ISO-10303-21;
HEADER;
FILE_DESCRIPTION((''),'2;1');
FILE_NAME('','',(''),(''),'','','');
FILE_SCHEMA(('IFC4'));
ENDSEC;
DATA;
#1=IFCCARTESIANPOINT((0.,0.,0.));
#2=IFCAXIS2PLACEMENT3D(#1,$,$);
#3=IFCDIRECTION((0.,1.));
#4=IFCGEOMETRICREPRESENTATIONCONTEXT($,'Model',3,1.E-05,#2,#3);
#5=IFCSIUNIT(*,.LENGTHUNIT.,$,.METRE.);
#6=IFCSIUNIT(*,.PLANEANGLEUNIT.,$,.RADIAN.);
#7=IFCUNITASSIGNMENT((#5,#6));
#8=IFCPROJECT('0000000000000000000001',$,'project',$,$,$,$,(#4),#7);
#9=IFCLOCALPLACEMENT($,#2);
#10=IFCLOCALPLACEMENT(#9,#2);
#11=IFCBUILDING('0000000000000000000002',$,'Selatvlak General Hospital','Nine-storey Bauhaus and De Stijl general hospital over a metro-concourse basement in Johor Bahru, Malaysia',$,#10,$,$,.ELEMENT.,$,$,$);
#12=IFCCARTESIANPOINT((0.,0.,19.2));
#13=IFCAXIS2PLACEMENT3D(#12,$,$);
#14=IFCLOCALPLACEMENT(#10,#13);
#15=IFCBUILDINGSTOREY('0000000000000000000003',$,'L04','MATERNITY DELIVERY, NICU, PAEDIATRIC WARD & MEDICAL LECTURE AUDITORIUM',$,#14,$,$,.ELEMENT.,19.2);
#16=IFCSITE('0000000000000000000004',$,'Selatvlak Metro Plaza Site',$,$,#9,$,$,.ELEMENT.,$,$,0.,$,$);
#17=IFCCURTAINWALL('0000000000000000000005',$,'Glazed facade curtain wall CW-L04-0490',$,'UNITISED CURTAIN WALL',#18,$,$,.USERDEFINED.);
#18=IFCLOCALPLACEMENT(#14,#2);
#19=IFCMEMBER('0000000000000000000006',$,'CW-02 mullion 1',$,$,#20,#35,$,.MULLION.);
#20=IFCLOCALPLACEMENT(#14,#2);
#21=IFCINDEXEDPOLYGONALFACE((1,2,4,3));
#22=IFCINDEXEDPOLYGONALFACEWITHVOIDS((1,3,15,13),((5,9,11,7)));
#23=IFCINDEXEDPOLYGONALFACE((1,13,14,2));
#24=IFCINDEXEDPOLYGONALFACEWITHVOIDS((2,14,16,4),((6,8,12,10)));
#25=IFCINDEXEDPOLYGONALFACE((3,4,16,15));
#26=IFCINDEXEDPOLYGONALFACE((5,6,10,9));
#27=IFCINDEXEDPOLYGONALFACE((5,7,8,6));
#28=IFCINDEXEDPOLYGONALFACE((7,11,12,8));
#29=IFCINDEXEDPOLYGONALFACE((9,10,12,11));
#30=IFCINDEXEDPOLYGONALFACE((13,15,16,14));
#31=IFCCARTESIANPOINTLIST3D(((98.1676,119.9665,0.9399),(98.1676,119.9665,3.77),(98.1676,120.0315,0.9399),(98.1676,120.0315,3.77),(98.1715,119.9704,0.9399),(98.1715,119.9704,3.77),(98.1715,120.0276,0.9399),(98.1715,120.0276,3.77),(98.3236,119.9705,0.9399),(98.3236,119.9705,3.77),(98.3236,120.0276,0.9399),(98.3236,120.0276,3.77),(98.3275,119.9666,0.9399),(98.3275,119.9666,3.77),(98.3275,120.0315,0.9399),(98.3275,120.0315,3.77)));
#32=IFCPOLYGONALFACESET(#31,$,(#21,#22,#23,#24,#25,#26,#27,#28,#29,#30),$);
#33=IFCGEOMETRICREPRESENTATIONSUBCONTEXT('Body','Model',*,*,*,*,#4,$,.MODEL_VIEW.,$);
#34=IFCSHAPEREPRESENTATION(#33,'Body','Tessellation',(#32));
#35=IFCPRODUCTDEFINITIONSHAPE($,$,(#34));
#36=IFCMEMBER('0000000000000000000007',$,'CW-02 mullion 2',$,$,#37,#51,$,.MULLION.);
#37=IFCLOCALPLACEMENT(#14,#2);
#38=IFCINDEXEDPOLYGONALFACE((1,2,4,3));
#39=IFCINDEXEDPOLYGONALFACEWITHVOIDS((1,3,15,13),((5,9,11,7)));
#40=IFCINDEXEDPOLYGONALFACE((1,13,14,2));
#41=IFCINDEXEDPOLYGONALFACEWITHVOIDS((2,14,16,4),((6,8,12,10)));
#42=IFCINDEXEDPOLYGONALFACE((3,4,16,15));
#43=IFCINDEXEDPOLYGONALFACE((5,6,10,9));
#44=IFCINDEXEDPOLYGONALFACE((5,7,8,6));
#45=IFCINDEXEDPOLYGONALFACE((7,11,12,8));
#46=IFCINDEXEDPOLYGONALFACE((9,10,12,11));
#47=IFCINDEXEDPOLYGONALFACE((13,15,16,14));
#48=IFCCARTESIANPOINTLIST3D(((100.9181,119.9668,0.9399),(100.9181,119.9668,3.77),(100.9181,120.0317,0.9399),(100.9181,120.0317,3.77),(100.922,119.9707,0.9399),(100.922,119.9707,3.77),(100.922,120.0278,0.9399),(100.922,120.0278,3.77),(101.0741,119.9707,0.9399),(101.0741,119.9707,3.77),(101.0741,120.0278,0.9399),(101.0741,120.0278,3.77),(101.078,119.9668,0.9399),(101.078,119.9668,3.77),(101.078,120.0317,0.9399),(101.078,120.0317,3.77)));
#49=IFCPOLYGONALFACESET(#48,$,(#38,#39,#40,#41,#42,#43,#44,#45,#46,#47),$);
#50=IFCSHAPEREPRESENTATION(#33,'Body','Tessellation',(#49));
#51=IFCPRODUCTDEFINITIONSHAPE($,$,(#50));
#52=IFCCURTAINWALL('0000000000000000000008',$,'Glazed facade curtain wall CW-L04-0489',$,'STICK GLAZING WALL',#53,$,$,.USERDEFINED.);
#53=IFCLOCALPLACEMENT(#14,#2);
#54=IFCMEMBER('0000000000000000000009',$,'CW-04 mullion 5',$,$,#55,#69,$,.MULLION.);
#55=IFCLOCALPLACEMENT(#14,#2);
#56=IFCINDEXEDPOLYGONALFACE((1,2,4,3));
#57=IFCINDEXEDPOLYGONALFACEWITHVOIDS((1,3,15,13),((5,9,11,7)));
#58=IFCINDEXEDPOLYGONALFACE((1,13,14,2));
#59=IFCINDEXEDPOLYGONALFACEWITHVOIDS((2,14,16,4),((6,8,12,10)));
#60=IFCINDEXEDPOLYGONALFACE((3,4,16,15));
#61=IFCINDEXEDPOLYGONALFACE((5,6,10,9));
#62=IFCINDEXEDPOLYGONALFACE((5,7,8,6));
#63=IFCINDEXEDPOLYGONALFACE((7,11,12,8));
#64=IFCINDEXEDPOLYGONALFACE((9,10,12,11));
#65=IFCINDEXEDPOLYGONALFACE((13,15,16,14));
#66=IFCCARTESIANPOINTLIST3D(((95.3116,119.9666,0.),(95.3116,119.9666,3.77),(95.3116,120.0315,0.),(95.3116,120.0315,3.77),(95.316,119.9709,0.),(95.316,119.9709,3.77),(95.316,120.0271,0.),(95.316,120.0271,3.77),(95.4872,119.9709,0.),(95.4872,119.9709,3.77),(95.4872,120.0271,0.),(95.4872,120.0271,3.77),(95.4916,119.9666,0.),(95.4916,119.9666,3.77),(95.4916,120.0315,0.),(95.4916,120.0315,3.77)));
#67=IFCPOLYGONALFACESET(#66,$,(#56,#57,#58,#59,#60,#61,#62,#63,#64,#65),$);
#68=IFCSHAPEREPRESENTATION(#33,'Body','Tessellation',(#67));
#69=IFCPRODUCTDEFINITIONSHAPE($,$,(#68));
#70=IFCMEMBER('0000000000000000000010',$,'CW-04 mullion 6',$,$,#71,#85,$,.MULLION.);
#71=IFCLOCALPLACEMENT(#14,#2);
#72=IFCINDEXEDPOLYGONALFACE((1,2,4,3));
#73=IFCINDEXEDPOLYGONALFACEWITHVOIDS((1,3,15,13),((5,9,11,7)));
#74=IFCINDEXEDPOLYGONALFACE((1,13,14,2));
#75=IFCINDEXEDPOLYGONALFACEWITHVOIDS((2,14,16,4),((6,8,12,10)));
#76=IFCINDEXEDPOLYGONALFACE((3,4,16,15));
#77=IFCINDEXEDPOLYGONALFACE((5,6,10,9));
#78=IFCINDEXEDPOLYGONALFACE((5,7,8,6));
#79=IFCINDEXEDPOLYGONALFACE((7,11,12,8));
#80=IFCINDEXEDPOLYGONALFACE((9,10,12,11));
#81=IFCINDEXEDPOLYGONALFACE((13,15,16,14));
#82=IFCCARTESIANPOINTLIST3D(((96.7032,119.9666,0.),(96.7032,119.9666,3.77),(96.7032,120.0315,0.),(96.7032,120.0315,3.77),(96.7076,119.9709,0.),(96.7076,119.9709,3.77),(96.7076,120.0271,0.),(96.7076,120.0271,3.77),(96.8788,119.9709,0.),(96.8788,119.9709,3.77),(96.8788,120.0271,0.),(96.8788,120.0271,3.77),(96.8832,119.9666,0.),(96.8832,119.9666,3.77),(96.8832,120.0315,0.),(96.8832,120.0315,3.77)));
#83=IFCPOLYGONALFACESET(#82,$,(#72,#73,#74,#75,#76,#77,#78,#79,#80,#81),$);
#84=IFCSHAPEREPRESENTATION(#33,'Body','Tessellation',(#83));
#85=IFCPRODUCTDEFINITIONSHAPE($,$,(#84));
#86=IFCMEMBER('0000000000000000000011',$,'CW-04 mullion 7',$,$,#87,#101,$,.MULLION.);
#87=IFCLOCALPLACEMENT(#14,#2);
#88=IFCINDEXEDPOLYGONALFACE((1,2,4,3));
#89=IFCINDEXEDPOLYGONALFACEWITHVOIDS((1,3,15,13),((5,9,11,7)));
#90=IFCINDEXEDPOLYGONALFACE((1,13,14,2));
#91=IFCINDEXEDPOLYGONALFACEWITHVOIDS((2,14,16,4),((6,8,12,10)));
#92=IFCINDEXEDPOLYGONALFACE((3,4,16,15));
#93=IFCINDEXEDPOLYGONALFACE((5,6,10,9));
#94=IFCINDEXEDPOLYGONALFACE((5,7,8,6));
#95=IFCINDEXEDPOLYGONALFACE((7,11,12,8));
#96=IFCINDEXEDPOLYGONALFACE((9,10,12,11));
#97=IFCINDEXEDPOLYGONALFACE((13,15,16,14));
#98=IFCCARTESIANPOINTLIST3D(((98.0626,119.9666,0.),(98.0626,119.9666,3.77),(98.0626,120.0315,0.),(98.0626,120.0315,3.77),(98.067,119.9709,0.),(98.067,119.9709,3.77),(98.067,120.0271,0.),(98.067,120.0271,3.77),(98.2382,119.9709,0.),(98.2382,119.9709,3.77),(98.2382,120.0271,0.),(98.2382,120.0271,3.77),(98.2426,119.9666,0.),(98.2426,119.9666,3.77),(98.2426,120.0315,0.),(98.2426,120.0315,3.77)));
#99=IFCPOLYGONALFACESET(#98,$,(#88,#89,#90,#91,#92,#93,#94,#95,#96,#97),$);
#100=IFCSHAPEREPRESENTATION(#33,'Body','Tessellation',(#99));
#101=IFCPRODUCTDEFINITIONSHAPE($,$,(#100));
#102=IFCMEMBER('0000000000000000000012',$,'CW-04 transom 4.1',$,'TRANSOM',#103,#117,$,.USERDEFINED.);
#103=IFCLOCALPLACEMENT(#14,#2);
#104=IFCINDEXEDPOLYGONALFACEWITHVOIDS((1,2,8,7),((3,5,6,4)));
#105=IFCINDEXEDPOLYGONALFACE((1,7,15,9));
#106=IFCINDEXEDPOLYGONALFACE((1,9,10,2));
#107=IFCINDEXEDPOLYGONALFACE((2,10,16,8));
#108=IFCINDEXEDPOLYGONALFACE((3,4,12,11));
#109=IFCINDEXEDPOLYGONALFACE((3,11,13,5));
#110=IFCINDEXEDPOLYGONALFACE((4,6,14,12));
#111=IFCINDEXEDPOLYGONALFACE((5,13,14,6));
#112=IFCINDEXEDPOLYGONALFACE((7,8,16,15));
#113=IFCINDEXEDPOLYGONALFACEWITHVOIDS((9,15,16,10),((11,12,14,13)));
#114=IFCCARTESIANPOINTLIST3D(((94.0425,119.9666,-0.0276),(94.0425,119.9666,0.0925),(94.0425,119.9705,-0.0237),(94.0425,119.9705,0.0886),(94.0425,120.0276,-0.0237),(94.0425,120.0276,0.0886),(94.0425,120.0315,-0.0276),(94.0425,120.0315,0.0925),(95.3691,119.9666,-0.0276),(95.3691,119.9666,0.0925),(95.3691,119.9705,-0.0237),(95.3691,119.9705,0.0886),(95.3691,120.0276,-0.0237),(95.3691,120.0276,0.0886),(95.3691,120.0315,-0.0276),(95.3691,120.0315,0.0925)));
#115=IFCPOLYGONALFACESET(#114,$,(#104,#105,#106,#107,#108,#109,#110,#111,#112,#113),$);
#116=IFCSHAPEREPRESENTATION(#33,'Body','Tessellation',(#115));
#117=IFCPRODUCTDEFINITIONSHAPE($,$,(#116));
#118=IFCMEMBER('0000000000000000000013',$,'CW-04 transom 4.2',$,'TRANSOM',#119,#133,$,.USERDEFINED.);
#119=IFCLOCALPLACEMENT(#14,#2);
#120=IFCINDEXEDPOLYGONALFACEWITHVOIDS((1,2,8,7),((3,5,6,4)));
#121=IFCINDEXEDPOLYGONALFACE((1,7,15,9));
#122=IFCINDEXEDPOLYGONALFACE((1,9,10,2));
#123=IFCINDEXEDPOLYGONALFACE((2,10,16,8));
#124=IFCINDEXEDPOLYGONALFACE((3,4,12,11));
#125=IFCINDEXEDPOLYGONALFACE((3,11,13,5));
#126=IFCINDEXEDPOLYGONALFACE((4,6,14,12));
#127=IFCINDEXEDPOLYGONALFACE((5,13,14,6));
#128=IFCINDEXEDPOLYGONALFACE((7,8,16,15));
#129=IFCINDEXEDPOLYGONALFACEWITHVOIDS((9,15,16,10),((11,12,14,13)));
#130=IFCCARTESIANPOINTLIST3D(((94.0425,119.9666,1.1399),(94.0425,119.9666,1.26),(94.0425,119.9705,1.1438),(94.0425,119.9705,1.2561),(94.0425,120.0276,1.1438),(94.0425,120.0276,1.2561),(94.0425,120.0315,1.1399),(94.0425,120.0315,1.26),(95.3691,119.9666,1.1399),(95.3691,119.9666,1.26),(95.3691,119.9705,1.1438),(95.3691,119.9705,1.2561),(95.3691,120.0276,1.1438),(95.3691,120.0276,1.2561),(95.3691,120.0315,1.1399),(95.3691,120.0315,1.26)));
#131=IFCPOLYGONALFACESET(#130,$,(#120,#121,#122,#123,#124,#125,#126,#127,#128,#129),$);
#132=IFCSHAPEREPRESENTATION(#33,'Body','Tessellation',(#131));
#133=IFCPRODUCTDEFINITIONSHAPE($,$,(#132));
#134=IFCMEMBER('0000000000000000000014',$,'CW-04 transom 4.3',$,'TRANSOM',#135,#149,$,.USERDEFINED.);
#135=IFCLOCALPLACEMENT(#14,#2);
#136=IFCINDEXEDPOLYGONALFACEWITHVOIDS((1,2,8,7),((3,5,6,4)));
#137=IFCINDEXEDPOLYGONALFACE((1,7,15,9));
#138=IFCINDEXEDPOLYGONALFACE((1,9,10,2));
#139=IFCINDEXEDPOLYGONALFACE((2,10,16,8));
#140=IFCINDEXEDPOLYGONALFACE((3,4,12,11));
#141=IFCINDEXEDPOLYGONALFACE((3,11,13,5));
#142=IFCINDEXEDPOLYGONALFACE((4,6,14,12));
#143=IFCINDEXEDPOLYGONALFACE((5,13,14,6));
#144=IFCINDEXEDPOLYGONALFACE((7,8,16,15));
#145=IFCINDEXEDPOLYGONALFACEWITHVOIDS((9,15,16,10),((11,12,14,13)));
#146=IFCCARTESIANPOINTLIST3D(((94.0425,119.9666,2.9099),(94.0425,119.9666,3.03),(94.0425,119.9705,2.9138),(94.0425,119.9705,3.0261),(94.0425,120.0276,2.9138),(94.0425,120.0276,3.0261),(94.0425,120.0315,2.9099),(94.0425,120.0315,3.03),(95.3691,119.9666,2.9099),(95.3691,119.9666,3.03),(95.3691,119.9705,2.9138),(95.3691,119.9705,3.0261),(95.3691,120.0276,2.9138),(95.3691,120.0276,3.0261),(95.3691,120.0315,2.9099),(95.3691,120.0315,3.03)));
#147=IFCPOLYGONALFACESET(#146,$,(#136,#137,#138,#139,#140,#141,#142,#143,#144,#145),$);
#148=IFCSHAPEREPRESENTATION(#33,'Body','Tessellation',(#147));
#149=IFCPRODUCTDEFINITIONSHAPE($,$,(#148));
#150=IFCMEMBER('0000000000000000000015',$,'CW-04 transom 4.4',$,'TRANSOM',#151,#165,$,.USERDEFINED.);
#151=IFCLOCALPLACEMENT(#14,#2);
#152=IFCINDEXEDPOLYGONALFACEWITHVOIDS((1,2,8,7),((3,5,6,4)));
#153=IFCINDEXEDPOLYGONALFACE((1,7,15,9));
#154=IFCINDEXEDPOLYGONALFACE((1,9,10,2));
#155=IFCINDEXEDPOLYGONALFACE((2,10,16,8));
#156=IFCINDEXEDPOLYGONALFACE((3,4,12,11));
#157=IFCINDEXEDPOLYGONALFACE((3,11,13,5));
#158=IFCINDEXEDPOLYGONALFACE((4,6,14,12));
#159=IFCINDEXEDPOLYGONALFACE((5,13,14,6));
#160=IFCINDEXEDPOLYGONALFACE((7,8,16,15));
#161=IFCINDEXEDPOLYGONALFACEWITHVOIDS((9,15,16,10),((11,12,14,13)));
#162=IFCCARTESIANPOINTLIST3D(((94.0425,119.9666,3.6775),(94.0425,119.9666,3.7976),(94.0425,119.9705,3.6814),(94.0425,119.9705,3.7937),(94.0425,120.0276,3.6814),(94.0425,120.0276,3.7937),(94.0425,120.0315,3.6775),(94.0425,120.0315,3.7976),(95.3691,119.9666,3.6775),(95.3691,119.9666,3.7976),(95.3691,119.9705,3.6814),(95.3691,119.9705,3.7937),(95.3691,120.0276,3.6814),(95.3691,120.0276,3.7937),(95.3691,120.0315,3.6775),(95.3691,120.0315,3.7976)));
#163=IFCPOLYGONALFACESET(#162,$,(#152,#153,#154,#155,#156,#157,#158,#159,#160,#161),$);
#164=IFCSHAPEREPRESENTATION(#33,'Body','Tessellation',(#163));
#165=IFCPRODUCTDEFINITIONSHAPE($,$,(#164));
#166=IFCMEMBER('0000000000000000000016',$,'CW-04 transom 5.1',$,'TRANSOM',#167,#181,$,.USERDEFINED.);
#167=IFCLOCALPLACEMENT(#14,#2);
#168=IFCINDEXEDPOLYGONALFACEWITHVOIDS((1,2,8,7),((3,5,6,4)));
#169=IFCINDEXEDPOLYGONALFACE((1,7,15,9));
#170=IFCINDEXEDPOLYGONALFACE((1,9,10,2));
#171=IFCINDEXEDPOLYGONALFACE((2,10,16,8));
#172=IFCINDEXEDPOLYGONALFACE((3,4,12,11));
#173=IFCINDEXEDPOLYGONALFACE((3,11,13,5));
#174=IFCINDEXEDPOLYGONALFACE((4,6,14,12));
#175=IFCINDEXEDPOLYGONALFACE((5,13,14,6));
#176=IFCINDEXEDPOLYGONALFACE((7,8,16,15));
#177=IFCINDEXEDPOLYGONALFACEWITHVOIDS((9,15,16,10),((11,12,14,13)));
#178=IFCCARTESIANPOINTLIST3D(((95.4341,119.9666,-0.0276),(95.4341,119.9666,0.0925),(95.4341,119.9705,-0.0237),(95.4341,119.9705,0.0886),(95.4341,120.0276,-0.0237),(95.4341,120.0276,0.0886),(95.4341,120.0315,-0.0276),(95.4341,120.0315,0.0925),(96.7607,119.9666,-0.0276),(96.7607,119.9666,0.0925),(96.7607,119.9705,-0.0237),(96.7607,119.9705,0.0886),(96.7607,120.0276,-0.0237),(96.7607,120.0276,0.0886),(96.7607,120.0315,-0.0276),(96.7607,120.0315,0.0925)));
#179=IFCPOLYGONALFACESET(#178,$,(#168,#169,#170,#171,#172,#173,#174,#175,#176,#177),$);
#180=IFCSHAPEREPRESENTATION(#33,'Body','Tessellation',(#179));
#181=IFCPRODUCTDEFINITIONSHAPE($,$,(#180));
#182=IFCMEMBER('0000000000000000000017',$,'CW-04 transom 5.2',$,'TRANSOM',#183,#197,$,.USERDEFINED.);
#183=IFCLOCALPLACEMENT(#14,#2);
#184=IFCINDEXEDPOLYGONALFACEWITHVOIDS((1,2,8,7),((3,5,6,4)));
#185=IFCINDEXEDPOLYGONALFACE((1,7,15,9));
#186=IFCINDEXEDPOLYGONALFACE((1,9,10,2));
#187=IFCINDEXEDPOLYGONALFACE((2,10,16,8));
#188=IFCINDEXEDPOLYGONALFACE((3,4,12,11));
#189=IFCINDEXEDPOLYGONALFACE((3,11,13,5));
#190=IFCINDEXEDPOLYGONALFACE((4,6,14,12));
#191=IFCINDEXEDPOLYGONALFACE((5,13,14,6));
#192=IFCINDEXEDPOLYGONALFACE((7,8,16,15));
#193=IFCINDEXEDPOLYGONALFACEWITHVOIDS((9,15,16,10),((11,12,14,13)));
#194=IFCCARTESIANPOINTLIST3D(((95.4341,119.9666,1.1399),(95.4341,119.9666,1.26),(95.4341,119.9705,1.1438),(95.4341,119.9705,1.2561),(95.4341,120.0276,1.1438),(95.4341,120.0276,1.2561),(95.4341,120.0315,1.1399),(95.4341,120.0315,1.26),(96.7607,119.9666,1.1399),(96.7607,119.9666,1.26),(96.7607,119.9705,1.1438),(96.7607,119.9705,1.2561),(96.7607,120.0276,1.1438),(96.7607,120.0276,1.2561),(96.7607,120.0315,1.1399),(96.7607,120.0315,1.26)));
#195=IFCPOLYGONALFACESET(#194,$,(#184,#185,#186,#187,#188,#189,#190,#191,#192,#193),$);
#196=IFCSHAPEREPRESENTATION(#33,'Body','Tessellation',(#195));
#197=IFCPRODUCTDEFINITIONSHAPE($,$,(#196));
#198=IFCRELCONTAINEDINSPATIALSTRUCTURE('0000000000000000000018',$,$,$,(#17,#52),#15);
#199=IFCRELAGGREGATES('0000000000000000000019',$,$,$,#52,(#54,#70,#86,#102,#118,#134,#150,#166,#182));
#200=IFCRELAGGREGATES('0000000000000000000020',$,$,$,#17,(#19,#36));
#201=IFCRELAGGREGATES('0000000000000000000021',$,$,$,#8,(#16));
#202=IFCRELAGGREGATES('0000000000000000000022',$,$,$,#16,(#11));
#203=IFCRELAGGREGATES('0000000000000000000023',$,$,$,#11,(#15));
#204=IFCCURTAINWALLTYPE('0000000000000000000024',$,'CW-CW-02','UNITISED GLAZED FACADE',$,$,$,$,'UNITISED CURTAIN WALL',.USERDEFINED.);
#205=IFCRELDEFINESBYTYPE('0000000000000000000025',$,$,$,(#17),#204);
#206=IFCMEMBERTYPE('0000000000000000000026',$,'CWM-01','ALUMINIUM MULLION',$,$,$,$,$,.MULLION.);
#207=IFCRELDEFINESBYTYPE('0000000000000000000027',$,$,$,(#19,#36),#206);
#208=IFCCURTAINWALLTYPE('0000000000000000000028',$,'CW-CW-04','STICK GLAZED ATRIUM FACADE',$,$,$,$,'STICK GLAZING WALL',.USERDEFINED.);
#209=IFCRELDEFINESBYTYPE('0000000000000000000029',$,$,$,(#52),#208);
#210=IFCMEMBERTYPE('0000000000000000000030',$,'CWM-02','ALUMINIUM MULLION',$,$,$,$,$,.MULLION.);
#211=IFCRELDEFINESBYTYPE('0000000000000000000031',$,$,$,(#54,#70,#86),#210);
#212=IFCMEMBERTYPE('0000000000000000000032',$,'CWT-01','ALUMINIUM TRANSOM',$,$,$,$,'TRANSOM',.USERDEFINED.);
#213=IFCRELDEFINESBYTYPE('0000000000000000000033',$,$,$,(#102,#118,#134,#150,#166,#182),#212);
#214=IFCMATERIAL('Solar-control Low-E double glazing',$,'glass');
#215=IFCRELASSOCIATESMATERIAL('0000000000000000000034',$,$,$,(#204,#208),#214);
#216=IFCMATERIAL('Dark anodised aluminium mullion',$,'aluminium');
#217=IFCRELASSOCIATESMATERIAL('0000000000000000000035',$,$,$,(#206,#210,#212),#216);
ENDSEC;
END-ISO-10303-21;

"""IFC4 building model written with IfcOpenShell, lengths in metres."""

from ifc_helpers import new_model, si_unit, direction, frame, origin, origin_2d, place, context, subcontext, project, spatial, hollow_rectangle, extrude, material, material_profile, profile_set, type_object, element, aggregate, save


model = new_model("IFC4")

# Units and contexts
model_context = context("Model", 3, precision=1e-05, world=origin(), true_north=direction((0.0, 1.0)))
body_context = subcontext(model_context, "Body", "Model", "MODEL_VIEW")
ifc_project = project(units=[si_unit("LENGTHUNIT", "METRE"), si_unit("PLANEANGLEUNIT", "RADIAN")], contexts=[model_context])

# Site, building, storey
site_placement = place(None, origin())
site = spatial("IfcSite", under=ifc_project, at=site_placement, Name="Selatvlak Metro Plaza Site", CompositionType="ELEMENT", RefElevation=0.0)
building_placement = place(site_placement, origin())
building = spatial("IfcBuilding", under=site, at=building_placement, Name="Selatvlak General Hospital", Description="Nine-storey Bauhaus and De Stijl general hospital over a metro-concourse basement in Johor Bahru, Malaysia", CompositionType="ELEMENT")
storey_placement = place(building_placement, frame((0.0, 0.0, 19.2)))
storey = spatial("IfcBuildingStorey", under=building, at=storey_placement, Name="L04", Description="MATERNITY DELIVERY, NICU, PAEDIATRIC WARD & MEDICAL LECTURE AUDITORIUM", CompositionType="ELEMENT", Elevation=19.2)

# Curtain walls, members
ifc_material_1 = material(Name="Solar-control Low-E double glazing", Category="glass")
curtain_wall_type_1 = type_object("IfcCurtainWallType", Name="CW-CW-02", Description="UNITISED GLAZED FACADE", ElementType="UNITISED CURTAIN WALL", PredefinedType="USERDEFINED", material=ifc_material_1)
curtain_wall_1_placement = place(storey_placement, origin())
curtain_wall_1 = element("IfcCurtainWall", 1, at=curtain_wall_1_placement, inside=storey, type_object=curtain_wall_type_1, Name="Glazed facade curtain wall CW-L04-0490", ObjectType="UNITISED CURTAIN WALL", PredefinedType="USERDEFINED")
ifc_material_2 = material(Name="Dark anodised aluminium mullion", Category="aluminium")
ifc_material_profile_1 = material_profile(ifc_material_2, hollow_rectangle(XDim=0.0649, YDim=0.1599, WallThickness=0.0039, at=origin_2d()), Name="AL-MUL 65x160x4")
ifc_profile_set_1 = profile_set([ifc_material_profile_1], Name="Dark anodised aluminium mullion")
member_type_1 = type_object("IfcMemberType", Name="CWM-01", Description="ALUMINIUM MULLION", PredefinedType="MULLION", material=ifc_profile_set_1)
member_1_placement = place(storey_placement, frame((98.2476, 119.999, 0.9399), z_axis=(0.0, 0.0, 1.0), x_axis=(-0.00012, 1.0, 0.0)))
member_1 = element("IfcMember", 2, at=member_1_placement, type_object=member_type_1, Name="CW-02 mullion 1", PredefinedType="MULLION", context=body_context, shape_type="SweptSolid", body=[
    extrude(hollow_rectangle(XDim=0.0649, YDim=0.1599, WallThickness=0.0039, at=origin_2d()), origin(), (0.0, 0.0, 1.0), 2.8301),
])
member_2_placement = place(storey_placement, frame((100.998, 119.9993, 0.9399), z_axis=(0.0, 0.0, 1.0), x_axis=(-0.00012, 1.0, 0.0)))
member_2 = element("IfcMember", 3, at=member_2_placement, type_object=member_type_1, Name="CW-02 mullion 2", PredefinedType="MULLION", context=body_context, shape_type="SweptSolid", body=[
    extrude(hollow_rectangle(XDim=0.0649, YDim=0.1599, WallThickness=0.0039, at=origin_2d()), origin(), (0.0, 0.0, 1.0), 2.8301),
])
curtain_wall_type_2 = type_object("IfcCurtainWallType", Name="CW-CW-04", Description="STICK GLAZED ATRIUM FACADE", ElementType="STICK GLAZING WALL", PredefinedType="USERDEFINED", material=ifc_material_1)
curtain_wall_2_placement = place(storey_placement, origin())
curtain_wall_2 = element("IfcCurtainWall", 4, at=curtain_wall_2_placement, inside=storey, type_object=curtain_wall_type_2, Name="Glazed facade curtain wall CW-L04-0489", ObjectType="STICK GLAZING WALL", PredefinedType="USERDEFINED")
ifc_material_profile_2 = material_profile(ifc_material_2, hollow_rectangle(XDim=0.0649, YDim=0.1799, WallThickness=0.0044, at=origin_2d()), Name="AL-MUL 65x180x4.5")
ifc_profile_set_2 = profile_set([ifc_material_profile_2], Name="Dark anodised aluminium mullion")
member_type_2 = type_object("IfcMemberType", Name="CWM-02", Description="ALUMINIUM MULLION", PredefinedType="MULLION", material=ifc_profile_set_2)
member_3_placement = place(storey_placement, frame((95.4016, 119.999, 0.0), z_axis=(0.0, 0.0, 1.0), x_axis=(0.0, 1.0, 0.0)))
member_3 = element("IfcMember", 5, at=member_3_placement, type_object=member_type_2, Name="CW-04 mullion 5", PredefinedType="MULLION", context=body_context, shape_type="SweptSolid", body=[
    extrude(hollow_rectangle(XDim=0.0649, YDim=0.1799, WallThickness=0.0044, at=origin_2d()), origin(), (0.0, 0.0, 1.0), 3.77),
])
member_4_placement = place(storey_placement, frame((96.7932, 119.999, 0.0), z_axis=(0.0, 0.0, 1.0), x_axis=(0.0, 1.0, 0.0)))
member_4 = element("IfcMember", 6, at=member_4_placement, type_object=member_type_2, Name="CW-04 mullion 6", PredefinedType="MULLION", context=body_context, shape_type="SweptSolid", body=[
    extrude(hollow_rectangle(XDim=0.0649, YDim=0.1799, WallThickness=0.0044, at=origin_2d()), origin(), (0.0, 0.0, 1.0), 3.77),
])
member_5_placement = place(storey_placement, frame((98.1526, 119.999, 0.0), z_axis=(0.0, 0.0, 1.0), x_axis=(0.0, 1.0, 0.0)))
member_5 = element("IfcMember", 7, at=member_5_placement, type_object=member_type_2, Name="CW-04 mullion 7", PredefinedType="MULLION", context=body_context, shape_type="SweptSolid", body=[
    extrude(hollow_rectangle(XDim=0.0649, YDim=0.1799, WallThickness=0.0044, at=origin_2d()), origin(), (0.0, 0.0, 1.0), 3.77),
])
ifc_material_profile_3 = material_profile(ifc_material_2, hollow_rectangle(XDim=0.0649, YDim=0.1201, WallThickness=0.0039, at=origin_2d()), Name="AL-TRN 65x120x4")
ifc_profile_set_3 = profile_set([ifc_material_profile_3], Name="Dark anodised aluminium mullion")
member_type_3 = type_object("IfcMemberType", Name="CWT-01", Description="ALUMINIUM TRANSOM", ElementType="TRANSOM", PredefinedType="USERDEFINED", material=ifc_profile_set_3)
member_6_placement = place(storey_placement, frame((94.0425, 119.999, 0.0325), z_axis=(1.0, 0.0, 0.0), x_axis=(0.0, 1.0, 0.0)))
member_6 = element("IfcMember", 8, at=member_6_placement, type_object=member_type_3, Name="CW-04 transom 4.1", ObjectType="TRANSOM", PredefinedType="USERDEFINED", context=body_context, shape_type="SweptSolid", body=[
    extrude(hollow_rectangle(XDim=0.0649, YDim=0.1201, WallThickness=0.0039, at=origin_2d()), origin(), (0.0, 0.0, 1.0), 1.3267),
])
member_7_placement = place(storey_placement, frame((94.0425, 119.999, 1.2), z_axis=(1.0, 0.0, 0.0), x_axis=(0.0, 1.0, 0.0)))
member_7 = element("IfcMember", 9, at=member_7_placement, type_object=member_type_3, Name="CW-04 transom 4.2", ObjectType="TRANSOM", PredefinedType="USERDEFINED", context=body_context, shape_type="SweptSolid", body=[
    extrude(hollow_rectangle(XDim=0.0649, YDim=0.1201, WallThickness=0.0039, at=origin_2d()), origin(), (0.0, 0.0, 1.0), 1.3267),
])
member_8_placement = place(storey_placement, frame((94.0425, 119.999, 2.97), z_axis=(1.0, 0.0, 0.0), x_axis=(0.0, 1.0, 0.0)))
member_8 = element("IfcMember", 10, at=member_8_placement, type_object=member_type_3, Name="CW-04 transom 4.3", ObjectType="TRANSOM", PredefinedType="USERDEFINED", context=body_context, shape_type="SweptSolid", body=[
    extrude(hollow_rectangle(XDim=0.0649, YDim=0.1201, WallThickness=0.0039, at=origin_2d()), origin(), (0.0, 0.0, 1.0), 1.3267),
])
member_9_placement = place(storey_placement, frame((94.0425, 119.999, 3.7375), z_axis=(1.0, 0.0, 0.0), x_axis=(0.0, 1.0, 0.0)))
member_9 = element("IfcMember", 11, at=member_9_placement, type_object=member_type_3, Name="CW-04 transom 4.4", ObjectType="TRANSOM", PredefinedType="USERDEFINED", context=body_context, shape_type="SweptSolid", body=[
    extrude(hollow_rectangle(XDim=0.0649, YDim=0.1201, WallThickness=0.0039, at=origin_2d()), origin(), (0.0, 0.0, 1.0), 1.3267),
])
member_10_placement = place(storey_placement, frame((95.4341, 119.999, 0.0325), z_axis=(1.0, 0.0, 0.0), x_axis=(0.0, 1.0, 0.0)))
member_10 = element("IfcMember", 12, at=member_10_placement, type_object=member_type_3, Name="CW-04 transom 5.1", ObjectType="TRANSOM", PredefinedType="USERDEFINED", context=body_context, shape_type="SweptSolid", body=[
    extrude(hollow_rectangle(XDim=0.0649, YDim=0.1201, WallThickness=0.0039, at=origin_2d()), origin(), (0.0, 0.0, 1.0), 1.3267),
])
member_11_placement = place(storey_placement, frame((95.4341, 119.999, 1.2), z_axis=(1.0, 0.0, 0.0), x_axis=(0.0, 1.0, 0.0)))
member_11 = element("IfcMember", 13, at=member_11_placement, type_object=member_type_3, Name="CW-04 transom 5.2", ObjectType="TRANSOM", PredefinedType="USERDEFINED", context=body_context, shape_type="SweptSolid", body=[
    extrude(hollow_rectangle(XDim=0.0649, YDim=0.1201, WallThickness=0.0039, at=origin_2d()), origin(), (0.0, 0.0, 1.0), 1.3267),
])

aggregate(curtain_wall_2, [member_3, member_4, member_5, member_6, member_7, member_8, member_9, member_10, member_11])
aggregate(curtain_wall_1, [member_1, member_2])

save(model, "model.ifc")
